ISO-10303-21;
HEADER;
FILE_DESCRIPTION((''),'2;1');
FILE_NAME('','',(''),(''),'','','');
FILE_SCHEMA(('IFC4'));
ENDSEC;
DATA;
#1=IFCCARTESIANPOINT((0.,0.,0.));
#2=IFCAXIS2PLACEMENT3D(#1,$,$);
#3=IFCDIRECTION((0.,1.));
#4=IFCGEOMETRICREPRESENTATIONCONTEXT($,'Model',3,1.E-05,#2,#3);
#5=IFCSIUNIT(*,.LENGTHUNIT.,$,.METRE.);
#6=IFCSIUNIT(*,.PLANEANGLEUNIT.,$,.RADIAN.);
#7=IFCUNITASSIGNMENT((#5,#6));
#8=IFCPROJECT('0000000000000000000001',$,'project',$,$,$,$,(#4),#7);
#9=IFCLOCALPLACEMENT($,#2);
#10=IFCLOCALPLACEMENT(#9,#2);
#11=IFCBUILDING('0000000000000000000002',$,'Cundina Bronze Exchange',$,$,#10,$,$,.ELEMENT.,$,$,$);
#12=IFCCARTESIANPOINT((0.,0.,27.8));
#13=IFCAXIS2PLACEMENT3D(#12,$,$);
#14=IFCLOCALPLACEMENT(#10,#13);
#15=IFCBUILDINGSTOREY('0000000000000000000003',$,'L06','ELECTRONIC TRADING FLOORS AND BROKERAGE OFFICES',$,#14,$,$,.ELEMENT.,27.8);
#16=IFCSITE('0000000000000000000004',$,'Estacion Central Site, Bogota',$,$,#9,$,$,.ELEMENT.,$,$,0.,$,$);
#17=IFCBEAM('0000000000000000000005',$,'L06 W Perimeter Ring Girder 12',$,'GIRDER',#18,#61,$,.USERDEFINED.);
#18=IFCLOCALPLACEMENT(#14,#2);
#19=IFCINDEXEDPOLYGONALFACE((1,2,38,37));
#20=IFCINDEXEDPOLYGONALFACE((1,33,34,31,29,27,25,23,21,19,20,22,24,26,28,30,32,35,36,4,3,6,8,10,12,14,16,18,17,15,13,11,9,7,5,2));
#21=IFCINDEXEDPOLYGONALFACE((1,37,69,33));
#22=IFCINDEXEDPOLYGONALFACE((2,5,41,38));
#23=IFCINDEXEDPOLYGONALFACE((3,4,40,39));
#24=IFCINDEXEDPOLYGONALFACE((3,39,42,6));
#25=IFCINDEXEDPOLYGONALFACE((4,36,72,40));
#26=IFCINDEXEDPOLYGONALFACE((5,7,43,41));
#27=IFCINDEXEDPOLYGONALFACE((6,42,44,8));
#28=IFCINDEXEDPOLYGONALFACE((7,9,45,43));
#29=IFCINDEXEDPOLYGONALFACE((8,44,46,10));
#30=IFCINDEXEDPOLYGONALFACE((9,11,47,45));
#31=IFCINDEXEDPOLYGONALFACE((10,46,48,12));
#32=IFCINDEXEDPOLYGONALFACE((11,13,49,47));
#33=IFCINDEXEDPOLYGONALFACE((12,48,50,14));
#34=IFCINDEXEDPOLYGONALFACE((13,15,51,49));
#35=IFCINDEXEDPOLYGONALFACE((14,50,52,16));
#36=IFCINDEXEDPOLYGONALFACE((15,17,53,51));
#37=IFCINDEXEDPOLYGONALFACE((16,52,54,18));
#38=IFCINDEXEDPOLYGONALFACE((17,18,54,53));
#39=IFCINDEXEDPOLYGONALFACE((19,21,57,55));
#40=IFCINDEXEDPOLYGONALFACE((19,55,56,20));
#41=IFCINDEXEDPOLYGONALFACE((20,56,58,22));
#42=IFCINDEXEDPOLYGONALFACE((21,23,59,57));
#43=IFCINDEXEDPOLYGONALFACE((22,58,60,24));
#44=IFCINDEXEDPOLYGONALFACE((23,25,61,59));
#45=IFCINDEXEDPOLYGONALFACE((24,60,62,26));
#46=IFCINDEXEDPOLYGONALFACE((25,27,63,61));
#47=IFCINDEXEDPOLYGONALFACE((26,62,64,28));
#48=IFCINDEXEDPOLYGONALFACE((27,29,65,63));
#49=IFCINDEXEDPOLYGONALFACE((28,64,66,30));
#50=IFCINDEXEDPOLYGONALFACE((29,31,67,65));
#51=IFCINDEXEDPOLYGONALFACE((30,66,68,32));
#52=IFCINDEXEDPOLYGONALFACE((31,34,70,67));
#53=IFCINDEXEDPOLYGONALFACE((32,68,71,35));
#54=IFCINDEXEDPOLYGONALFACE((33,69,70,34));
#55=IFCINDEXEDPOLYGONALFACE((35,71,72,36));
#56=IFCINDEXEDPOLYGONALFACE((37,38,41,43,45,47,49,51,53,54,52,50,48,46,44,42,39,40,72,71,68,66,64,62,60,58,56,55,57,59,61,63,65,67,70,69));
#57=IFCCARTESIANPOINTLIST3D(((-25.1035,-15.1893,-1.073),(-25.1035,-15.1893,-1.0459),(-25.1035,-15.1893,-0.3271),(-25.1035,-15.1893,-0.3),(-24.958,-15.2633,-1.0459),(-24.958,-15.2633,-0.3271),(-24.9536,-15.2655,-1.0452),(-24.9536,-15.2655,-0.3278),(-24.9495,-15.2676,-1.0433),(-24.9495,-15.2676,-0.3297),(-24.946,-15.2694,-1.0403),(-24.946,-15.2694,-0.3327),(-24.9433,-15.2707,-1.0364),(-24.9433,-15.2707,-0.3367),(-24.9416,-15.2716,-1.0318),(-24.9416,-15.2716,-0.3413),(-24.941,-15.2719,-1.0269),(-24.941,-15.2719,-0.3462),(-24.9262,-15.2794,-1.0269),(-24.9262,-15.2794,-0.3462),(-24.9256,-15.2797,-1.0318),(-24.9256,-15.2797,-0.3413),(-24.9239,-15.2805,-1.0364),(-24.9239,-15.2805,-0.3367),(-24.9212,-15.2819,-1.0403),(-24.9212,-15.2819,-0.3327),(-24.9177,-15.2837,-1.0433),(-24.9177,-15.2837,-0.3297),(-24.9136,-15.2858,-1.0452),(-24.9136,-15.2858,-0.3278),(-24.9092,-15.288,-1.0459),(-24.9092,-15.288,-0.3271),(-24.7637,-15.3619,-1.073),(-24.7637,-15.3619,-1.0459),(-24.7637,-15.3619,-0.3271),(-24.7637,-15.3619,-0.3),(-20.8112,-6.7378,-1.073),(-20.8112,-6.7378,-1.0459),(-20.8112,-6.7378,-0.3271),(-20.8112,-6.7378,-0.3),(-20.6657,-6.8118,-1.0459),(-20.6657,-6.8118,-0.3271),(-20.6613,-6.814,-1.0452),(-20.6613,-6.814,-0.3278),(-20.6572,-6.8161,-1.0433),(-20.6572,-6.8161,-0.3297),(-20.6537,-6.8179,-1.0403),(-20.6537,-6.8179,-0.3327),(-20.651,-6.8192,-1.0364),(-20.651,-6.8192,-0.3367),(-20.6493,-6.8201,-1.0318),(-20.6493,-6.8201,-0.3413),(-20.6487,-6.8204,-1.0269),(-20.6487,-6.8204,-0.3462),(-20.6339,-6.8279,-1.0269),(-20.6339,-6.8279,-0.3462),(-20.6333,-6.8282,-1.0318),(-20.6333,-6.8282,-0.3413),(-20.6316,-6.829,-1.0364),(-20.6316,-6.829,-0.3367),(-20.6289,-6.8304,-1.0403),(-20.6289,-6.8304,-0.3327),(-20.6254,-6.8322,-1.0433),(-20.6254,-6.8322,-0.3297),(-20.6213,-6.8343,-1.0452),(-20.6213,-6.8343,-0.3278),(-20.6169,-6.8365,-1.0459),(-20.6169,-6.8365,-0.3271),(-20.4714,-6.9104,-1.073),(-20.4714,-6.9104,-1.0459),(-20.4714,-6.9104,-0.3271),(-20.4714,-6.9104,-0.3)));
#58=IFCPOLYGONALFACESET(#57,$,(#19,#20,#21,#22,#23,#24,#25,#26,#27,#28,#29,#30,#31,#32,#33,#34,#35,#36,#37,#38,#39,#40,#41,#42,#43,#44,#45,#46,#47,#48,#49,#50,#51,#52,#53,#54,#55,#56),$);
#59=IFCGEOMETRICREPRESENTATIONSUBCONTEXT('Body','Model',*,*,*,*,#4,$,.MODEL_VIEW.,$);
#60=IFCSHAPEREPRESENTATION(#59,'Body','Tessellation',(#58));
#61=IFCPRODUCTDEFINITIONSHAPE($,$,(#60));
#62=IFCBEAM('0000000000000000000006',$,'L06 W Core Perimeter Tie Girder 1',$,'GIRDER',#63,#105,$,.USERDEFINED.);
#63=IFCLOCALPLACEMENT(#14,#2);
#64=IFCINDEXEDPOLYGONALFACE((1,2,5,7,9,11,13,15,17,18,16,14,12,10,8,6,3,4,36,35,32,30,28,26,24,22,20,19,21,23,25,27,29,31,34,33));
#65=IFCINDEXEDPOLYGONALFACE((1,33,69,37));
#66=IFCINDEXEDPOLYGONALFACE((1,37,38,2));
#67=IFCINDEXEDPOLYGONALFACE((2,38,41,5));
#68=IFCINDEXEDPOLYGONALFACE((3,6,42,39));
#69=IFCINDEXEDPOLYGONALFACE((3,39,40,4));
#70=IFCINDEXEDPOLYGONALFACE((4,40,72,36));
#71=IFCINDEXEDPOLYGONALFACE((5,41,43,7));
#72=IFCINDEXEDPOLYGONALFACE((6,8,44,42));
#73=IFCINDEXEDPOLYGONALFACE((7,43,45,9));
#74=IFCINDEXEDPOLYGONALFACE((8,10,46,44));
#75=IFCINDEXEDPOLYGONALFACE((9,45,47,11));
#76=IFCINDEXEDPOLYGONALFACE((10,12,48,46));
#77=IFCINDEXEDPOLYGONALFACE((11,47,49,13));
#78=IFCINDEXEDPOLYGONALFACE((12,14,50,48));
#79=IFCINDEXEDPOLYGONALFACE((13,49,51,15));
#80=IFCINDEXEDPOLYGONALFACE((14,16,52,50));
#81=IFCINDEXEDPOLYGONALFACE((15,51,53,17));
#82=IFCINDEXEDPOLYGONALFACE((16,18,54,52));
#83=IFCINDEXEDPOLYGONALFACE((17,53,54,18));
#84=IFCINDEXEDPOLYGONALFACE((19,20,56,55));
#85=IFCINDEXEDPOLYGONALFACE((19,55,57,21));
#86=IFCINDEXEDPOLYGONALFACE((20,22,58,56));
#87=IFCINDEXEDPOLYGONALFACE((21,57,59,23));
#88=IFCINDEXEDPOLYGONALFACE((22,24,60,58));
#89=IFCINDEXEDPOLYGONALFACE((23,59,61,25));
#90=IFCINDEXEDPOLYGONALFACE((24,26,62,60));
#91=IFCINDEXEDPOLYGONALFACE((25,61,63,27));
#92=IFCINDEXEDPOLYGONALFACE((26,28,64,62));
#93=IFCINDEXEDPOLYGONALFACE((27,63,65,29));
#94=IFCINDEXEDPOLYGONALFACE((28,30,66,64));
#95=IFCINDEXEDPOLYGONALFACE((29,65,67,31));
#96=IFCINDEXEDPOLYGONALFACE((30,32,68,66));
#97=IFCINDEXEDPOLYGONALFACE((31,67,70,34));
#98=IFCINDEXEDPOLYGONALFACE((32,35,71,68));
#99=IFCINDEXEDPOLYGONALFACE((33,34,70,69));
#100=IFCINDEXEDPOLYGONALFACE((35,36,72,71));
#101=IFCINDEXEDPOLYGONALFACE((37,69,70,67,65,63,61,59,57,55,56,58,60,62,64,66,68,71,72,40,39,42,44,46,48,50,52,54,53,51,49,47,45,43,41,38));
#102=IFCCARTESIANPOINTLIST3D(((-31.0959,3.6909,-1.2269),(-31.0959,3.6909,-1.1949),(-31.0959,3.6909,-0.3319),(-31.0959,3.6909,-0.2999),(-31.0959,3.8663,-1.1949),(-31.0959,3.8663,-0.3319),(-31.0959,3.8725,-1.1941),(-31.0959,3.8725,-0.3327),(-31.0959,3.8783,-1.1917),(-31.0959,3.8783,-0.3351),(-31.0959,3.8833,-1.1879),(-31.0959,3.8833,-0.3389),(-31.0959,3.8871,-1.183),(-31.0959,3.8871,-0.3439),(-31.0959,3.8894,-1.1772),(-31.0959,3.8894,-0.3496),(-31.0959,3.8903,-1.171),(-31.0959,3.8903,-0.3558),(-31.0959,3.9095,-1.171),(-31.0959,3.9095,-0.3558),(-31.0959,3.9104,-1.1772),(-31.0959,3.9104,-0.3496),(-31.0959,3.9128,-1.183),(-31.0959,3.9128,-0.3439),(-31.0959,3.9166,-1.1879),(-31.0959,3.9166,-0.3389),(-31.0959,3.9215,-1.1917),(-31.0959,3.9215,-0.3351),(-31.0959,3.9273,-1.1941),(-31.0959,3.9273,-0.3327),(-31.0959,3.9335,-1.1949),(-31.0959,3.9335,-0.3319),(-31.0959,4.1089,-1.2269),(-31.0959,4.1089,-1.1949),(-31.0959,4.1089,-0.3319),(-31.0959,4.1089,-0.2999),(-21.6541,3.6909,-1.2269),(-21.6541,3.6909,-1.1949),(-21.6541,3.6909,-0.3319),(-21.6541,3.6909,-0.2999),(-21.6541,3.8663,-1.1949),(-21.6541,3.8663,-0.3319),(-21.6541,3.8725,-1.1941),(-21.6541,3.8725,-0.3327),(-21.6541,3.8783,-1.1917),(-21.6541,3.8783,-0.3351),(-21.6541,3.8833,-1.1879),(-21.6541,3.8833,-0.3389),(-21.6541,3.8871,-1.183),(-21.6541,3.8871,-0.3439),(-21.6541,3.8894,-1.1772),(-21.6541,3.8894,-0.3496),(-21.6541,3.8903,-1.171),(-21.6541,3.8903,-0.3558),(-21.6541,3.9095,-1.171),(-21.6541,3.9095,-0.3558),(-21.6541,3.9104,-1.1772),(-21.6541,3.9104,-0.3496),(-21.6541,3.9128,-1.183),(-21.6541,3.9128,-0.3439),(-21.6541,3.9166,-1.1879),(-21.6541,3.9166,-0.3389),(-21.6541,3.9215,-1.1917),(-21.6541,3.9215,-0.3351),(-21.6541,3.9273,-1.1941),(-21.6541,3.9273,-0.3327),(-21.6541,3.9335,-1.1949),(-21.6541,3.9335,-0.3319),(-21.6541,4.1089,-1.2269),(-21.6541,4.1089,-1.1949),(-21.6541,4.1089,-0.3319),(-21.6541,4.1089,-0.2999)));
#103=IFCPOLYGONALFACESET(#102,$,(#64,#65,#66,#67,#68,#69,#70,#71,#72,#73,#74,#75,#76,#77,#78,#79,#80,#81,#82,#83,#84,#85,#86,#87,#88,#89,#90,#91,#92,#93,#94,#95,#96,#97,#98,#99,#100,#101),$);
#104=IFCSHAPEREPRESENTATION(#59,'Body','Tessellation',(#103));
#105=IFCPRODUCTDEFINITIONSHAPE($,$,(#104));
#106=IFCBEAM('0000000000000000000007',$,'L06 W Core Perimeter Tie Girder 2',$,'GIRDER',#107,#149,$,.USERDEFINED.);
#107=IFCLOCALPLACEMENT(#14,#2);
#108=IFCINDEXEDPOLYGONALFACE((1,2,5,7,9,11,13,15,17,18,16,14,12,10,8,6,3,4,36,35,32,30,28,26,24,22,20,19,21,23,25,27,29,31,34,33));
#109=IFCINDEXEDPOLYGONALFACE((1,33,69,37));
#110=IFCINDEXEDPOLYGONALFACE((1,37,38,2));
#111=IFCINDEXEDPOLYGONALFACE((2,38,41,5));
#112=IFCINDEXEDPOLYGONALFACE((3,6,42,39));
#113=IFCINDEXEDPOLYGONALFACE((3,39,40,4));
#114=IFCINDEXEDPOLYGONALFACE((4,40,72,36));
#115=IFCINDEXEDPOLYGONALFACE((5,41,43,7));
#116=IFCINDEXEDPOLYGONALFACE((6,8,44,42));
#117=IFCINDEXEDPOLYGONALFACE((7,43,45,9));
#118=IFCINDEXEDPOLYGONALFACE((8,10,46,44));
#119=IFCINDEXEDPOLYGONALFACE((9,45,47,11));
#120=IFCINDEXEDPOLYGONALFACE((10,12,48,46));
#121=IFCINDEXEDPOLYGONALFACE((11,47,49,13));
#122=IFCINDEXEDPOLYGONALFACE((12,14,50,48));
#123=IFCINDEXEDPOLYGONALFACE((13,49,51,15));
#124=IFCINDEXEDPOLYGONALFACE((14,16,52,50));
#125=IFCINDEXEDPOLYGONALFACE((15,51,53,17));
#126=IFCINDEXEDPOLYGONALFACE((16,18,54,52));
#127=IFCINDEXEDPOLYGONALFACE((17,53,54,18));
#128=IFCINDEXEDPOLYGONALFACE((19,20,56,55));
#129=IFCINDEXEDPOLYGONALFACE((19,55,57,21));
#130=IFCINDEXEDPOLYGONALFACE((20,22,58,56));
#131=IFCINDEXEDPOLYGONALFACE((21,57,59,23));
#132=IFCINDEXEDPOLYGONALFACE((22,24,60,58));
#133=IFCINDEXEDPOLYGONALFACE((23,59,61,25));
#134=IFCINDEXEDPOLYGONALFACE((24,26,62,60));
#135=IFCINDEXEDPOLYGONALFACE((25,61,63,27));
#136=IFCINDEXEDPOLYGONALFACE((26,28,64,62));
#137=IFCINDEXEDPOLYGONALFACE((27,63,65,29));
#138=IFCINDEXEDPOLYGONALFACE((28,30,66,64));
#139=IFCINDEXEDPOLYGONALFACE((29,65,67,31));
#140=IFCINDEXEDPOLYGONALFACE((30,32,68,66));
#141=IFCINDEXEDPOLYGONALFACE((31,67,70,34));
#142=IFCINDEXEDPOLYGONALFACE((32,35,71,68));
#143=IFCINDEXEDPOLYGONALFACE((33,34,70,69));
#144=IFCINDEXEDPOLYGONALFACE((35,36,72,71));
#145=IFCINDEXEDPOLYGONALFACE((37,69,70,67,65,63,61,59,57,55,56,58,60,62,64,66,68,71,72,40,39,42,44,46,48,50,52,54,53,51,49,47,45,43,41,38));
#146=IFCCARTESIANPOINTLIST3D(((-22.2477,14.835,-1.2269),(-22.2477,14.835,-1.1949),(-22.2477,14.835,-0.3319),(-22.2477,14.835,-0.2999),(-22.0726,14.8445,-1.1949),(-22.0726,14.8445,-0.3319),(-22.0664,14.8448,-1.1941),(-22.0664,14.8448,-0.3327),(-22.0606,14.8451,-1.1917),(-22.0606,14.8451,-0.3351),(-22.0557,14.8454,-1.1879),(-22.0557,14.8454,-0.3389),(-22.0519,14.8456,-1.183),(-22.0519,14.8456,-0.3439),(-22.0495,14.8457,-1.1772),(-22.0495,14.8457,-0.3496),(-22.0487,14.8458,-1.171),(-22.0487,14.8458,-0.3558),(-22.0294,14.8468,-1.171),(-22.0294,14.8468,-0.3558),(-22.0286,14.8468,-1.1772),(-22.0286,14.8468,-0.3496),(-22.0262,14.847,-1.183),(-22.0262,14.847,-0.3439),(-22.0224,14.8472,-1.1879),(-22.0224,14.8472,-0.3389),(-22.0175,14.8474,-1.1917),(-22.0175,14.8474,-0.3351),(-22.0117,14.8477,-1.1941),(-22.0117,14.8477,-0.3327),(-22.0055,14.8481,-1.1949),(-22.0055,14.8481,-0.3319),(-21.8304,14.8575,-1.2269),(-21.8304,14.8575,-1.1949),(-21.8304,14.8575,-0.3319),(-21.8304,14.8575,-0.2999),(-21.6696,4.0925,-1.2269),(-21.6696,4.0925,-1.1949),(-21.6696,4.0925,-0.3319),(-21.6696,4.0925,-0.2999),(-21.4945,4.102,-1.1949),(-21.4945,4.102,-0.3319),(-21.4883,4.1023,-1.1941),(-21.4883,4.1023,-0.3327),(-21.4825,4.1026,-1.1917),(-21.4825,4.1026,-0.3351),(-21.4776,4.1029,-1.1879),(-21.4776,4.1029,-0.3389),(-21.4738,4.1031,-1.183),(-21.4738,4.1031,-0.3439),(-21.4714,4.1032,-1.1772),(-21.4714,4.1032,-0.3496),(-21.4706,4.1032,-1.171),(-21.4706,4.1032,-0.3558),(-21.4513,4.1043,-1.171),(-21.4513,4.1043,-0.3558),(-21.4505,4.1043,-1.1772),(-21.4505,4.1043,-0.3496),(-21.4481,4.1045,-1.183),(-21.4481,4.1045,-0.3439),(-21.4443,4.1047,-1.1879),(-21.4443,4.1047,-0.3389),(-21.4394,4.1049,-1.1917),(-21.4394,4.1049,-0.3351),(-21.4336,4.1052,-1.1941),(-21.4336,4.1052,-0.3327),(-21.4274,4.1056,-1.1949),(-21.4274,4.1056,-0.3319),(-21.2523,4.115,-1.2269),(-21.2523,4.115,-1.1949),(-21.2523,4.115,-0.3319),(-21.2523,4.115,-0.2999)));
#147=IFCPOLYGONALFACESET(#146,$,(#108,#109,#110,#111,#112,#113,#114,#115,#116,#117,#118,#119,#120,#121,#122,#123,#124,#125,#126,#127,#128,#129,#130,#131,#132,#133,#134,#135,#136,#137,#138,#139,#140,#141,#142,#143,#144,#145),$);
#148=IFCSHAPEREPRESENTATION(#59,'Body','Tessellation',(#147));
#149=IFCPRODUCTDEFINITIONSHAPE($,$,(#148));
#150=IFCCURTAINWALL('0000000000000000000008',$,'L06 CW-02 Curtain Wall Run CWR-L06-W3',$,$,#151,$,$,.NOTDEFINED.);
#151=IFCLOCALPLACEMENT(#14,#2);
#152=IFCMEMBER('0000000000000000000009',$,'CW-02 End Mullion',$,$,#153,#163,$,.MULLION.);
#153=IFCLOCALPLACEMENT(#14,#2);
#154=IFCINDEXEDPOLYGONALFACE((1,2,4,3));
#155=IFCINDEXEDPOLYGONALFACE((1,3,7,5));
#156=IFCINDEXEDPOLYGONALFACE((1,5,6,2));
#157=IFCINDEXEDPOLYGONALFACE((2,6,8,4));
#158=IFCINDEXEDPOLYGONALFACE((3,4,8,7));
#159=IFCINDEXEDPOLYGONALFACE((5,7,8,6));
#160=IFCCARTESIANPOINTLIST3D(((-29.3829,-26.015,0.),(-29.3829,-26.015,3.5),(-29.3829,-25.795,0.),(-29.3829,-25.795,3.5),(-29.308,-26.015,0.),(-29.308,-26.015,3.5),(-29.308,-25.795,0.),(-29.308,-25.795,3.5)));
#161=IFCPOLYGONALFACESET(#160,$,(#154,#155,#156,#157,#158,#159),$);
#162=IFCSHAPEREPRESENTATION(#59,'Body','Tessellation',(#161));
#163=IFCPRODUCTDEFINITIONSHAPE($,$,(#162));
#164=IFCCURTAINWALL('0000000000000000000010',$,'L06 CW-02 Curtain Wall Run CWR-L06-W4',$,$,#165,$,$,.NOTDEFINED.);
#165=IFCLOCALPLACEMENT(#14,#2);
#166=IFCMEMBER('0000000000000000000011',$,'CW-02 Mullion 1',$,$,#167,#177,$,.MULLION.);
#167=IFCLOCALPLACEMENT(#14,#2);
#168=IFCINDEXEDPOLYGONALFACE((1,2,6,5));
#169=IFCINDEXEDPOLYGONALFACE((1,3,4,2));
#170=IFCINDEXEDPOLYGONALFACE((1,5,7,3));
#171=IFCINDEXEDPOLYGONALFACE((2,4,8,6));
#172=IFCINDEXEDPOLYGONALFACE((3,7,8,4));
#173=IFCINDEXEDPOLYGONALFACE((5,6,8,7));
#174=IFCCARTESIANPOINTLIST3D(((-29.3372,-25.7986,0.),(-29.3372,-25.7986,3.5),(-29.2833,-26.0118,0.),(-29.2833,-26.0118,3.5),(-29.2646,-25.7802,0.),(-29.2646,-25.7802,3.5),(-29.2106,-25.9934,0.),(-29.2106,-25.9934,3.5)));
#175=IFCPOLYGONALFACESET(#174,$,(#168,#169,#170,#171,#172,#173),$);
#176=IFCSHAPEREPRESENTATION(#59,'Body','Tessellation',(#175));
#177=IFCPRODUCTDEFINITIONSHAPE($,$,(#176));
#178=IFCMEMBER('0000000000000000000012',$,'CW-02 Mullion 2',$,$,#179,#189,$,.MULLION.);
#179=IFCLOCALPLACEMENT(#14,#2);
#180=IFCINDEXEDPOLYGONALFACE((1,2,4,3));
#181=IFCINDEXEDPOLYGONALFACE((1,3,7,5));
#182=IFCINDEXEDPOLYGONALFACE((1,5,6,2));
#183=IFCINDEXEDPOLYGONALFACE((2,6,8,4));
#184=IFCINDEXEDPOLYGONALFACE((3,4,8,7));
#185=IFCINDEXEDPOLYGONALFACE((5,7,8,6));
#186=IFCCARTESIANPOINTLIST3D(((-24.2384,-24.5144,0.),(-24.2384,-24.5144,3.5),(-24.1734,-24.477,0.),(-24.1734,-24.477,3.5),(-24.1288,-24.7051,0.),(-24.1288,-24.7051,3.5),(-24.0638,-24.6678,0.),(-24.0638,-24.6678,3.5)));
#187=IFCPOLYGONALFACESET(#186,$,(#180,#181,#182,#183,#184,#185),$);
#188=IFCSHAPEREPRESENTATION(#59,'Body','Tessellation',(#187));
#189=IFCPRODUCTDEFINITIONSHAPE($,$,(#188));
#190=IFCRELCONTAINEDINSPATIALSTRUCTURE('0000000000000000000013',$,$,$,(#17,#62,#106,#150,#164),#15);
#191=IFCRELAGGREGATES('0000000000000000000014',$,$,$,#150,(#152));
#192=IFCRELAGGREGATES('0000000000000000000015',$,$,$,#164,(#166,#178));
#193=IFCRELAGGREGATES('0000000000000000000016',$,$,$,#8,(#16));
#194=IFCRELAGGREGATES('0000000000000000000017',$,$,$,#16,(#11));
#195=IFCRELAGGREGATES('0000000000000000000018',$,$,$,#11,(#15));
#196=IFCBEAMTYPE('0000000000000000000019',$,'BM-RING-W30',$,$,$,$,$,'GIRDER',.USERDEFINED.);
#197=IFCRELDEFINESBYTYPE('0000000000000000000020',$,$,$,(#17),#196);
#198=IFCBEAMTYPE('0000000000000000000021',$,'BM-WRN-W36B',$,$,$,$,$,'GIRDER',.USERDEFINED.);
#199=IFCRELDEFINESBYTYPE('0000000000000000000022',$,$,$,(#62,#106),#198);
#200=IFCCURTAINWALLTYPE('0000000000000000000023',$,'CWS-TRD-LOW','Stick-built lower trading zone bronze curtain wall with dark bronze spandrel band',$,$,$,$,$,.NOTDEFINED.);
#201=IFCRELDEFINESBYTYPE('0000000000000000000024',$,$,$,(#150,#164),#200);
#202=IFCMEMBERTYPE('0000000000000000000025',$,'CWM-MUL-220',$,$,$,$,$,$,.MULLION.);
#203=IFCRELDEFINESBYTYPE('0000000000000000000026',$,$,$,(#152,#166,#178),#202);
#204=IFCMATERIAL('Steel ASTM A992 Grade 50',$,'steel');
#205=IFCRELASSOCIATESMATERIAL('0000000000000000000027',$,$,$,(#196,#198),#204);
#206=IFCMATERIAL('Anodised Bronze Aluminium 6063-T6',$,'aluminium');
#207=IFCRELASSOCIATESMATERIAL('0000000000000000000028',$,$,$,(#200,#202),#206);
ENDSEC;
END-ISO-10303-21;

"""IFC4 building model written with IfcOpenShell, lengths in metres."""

from ifc_helpers import new_model, si_unit, direction, frame, origin, origin_2d, place, context, subcontext, project, spatial, rectangle, i_section, extrude, material, material_profile, profile_set, type_object, element, aggregate, save


model = new_model("IFC4")

# Units and contexts
model_context = context("Model", 3, precision=1e-05, world=origin(), true_north=direction((0.0, 1.0)))
body_context = subcontext(model_context, "Body", "Model", "MODEL_VIEW")
ifc_project = project(units=[si_unit("LENGTHUNIT", "METRE"), si_unit("PLANEANGLEUNIT", "RADIAN")], contexts=[model_context])

# Site, building, storey
site_placement = place(None, origin())
site = spatial("IfcSite", under=ifc_project, at=site_placement, Name="Estacion Central Site, Bogota", CompositionType="ELEMENT", RefElevation=0.0)
building_placement = place(site_placement, origin())
building = spatial("IfcBuilding", under=site, at=building_placement, Name="Cundina Bronze Exchange", CompositionType="ELEMENT")
storey_placement = place(building_placement, frame((0.0, 0.0, 27.8)))
storey = spatial("IfcBuildingStorey", under=building, at=storey_placement, Name="L06", Description="ELECTRONIC TRADING FLOORS AND BROKERAGE OFFICES", CompositionType="ELEMENT", Elevation=27.8)

# Shared definitions
ifc_material_1 = material(Name="Steel ASTM A992 Grade 50", Category="steel")

# Beams
ifc_material_profile_1 = material_profile(ifc_material_1, i_section(OverallWidth=0.3811, OverallDepth=0.7729, WebThickness=0.0166, FlangeThickness=0.0271, FilletRadius=0.019, at=origin_2d()), Name="W30X173", Category="steel")
ifc_profile_set_1 = profile_set([ifc_material_profile_1], Name="Steel ASTM A992 Grade 50")
beam_type_1 = type_object("IfcBeamType", Name="BM-RING-W30", ElementType="GIRDER", PredefinedType="USERDEFINED", material=ifc_profile_set_1)
beam_1_placement = place(storey_placement, frame((-24.9336, -15.2756, -0.6865), z_axis=(0.45282, 0.891602, 0.0), x_axis=(-0.891602, 0.45282, 0.0)))
element("IfcBeam", 1, at=beam_1_placement, inside=storey, type_object=beam_type_1, Name="L06 W Perimeter Ring Girder 12", ObjectType="GIRDER", PredefinedType="USERDEFINED", context=body_context, shape_type="SweptSolid", body=[
    extrude(i_section(OverallWidth=0.3811, OverallDepth=0.7729, WebThickness=0.0166, FlangeThickness=0.0271, FilletRadius=0.019, at=origin_2d()), origin(), (0.0, 0.0, 1.0), 9.479),
])
ifc_material_profile_2 = material_profile(ifc_material_1, i_section(OverallWidth=0.418, OverallDepth=0.927, WebThickness=0.0193, FlangeThickness=0.032, FilletRadius=0.0239, at=origin_2d()), Name="W36X231", Category="steel")
ifc_profile_set_2 = profile_set([ifc_material_profile_2], Name="Steel ASTM A992 Grade 50")
beam_type_2 = type_object("IfcBeamType", Name="BM-WRN-W36B", ElementType="GIRDER", PredefinedType="USERDEFINED", material=ifc_profile_set_2)
beam_2_placement = place(storey_placement, frame((-31.0959, 3.8999, -0.7634), z_axis=(1.0, 0.0, 0.0), x_axis=(0.0, 1.0, 0.0)))
element("IfcBeam", 2, at=beam_2_placement, inside=storey, type_object=beam_type_2, Name="L06 W Core Perimeter Tie Girder 1", ObjectType="GIRDER", PredefinedType="USERDEFINED", context=body_context, shape_type="SweptSolid", body=[
    extrude(i_section(OverallWidth=0.418, OverallDepth=0.927, WebThickness=0.0193, FlangeThickness=0.032, FilletRadius=0.0239, at=origin_2d()), origin(), (0.0, 0.0, 1.0), 9.4419),
])
beam_3_placement = place(storey_placement, frame((-21.4609, 4.1038, -0.7634), z_axis=(-0.053739, 0.998555, 0.0), x_axis=(-0.998555, -0.053739, 0.0)))
element("IfcBeam", 3, at=beam_3_placement, inside=storey, type_object=beam_type_2, Name="L06 W Core Perimeter Tie Girder 2", ObjectType="GIRDER", PredefinedType="USERDEFINED", context=body_context, shape_type="SweptSolid", body=[
    extrude(i_section(OverallWidth=0.418, OverallDepth=0.927, WebThickness=0.0193, FlangeThickness=0.032, FilletRadius=0.0239, at=origin_2d()), origin(), (0.0, 0.0, 1.0), 10.7581),
])

# Curtain wall, member
ifc_material_2 = material(Name="Anodised Bronze Aluminium 6063-T6", Category="aluminium")
curtain_wall_type = type_object("IfcCurtainWallType", Name="CWS-TRD-LOW", Description="Stick-built lower trading zone bronze curtain wall with dark bronze spandrel band", PredefinedType="NOTDEFINED", material=ifc_material_2)
curtain_wall_1_placement = place(storey_placement, origin())
curtain_wall_1 = element("IfcCurtainWall", 4, at=curtain_wall_1_placement, inside=storey, type_object=curtain_wall_type, Name="L06 CW-02 Curtain Wall Run CWR-L06-W3", PredefinedType="NOTDEFINED")
ifc_material_profile_3 = material_profile(ifc_material_2, rectangle(XDim=0.075, YDim=0.22, at=origin_2d()), Name="AL75X220", Category="aluminium")
ifc_profile_set_3 = profile_set([ifc_material_profile_3], Name="Anodised Bronze Aluminium 6063-T6")
member_type_1 = type_object("IfcMemberType", Name="CWM-MUL-220", PredefinedType="MULLION", material=ifc_profile_set_3)
member_1_placement = place(storey_placement, frame((-29.3455, -25.905, 0.0), z_axis=(0.0, 0.0, 1.0), x_axis=(1.0, 0.0, 0.0)))
member_1 = element("IfcMember", 5, at=member_1_placement, type_object=member_type_1, Name="CW-02 End Mullion", PredefinedType="MULLION", context=body_context, shape_type="SweptSolid", body=[
    extrude(rectangle(XDim=0.075, YDim=0.22, at=origin_2d()), origin(), (0.0, 0.0, 1.0), 3.5),
])
aggregate(curtain_wall_1, [member_1])

# Curtain wall, members
curtain_wall_2_placement = place(storey_placement, origin())
curtain_wall_2 = element("IfcCurtainWall", 6, at=curtain_wall_2_placement, inside=storey, type_object=curtain_wall_type, Name="L06 CW-02 Curtain Wall Run CWR-L06-W4", PredefinedType="NOTDEFINED")
member_2_placement = place(storey_placement, frame((-29.2739, -25.896, 0.0), z_axis=(0.0, 0.0, 1.0), x_axis=(0.969488, 0.245138, 0.0)))
member_2 = element("IfcMember", 7, at=member_2_placement, type_object=member_type_1, Name="CW-02 Mullion 1", PredefinedType="MULLION", context=body_context, shape_type="SweptSolid", body=[
    extrude(rectangle(XDim=0.075, YDim=0.22, at=origin_2d()), origin(), (0.0, 0.0, 1.0), 3.5),
])
member_3_placement = place(storey_placement, frame((-24.1511, -24.5911, 0.0), z_axis=(0.0, 0.0, 1.0), x_axis=(0.867071, 0.498185, 0.0)))
member_3 = element("IfcMember", 8, at=member_3_placement, type_object=member_type_1, Name="CW-02 Mullion 2", PredefinedType="MULLION", context=body_context, shape_type="SweptSolid", body=[
    extrude(rectangle(XDim=0.075, YDim=0.22, at=origin_2d()), origin(), (0.0, 0.0, 1.0), 3.5),
])
aggregate(curtain_wall_2, [member_2, member_3])

save(model, "model.ifc")
